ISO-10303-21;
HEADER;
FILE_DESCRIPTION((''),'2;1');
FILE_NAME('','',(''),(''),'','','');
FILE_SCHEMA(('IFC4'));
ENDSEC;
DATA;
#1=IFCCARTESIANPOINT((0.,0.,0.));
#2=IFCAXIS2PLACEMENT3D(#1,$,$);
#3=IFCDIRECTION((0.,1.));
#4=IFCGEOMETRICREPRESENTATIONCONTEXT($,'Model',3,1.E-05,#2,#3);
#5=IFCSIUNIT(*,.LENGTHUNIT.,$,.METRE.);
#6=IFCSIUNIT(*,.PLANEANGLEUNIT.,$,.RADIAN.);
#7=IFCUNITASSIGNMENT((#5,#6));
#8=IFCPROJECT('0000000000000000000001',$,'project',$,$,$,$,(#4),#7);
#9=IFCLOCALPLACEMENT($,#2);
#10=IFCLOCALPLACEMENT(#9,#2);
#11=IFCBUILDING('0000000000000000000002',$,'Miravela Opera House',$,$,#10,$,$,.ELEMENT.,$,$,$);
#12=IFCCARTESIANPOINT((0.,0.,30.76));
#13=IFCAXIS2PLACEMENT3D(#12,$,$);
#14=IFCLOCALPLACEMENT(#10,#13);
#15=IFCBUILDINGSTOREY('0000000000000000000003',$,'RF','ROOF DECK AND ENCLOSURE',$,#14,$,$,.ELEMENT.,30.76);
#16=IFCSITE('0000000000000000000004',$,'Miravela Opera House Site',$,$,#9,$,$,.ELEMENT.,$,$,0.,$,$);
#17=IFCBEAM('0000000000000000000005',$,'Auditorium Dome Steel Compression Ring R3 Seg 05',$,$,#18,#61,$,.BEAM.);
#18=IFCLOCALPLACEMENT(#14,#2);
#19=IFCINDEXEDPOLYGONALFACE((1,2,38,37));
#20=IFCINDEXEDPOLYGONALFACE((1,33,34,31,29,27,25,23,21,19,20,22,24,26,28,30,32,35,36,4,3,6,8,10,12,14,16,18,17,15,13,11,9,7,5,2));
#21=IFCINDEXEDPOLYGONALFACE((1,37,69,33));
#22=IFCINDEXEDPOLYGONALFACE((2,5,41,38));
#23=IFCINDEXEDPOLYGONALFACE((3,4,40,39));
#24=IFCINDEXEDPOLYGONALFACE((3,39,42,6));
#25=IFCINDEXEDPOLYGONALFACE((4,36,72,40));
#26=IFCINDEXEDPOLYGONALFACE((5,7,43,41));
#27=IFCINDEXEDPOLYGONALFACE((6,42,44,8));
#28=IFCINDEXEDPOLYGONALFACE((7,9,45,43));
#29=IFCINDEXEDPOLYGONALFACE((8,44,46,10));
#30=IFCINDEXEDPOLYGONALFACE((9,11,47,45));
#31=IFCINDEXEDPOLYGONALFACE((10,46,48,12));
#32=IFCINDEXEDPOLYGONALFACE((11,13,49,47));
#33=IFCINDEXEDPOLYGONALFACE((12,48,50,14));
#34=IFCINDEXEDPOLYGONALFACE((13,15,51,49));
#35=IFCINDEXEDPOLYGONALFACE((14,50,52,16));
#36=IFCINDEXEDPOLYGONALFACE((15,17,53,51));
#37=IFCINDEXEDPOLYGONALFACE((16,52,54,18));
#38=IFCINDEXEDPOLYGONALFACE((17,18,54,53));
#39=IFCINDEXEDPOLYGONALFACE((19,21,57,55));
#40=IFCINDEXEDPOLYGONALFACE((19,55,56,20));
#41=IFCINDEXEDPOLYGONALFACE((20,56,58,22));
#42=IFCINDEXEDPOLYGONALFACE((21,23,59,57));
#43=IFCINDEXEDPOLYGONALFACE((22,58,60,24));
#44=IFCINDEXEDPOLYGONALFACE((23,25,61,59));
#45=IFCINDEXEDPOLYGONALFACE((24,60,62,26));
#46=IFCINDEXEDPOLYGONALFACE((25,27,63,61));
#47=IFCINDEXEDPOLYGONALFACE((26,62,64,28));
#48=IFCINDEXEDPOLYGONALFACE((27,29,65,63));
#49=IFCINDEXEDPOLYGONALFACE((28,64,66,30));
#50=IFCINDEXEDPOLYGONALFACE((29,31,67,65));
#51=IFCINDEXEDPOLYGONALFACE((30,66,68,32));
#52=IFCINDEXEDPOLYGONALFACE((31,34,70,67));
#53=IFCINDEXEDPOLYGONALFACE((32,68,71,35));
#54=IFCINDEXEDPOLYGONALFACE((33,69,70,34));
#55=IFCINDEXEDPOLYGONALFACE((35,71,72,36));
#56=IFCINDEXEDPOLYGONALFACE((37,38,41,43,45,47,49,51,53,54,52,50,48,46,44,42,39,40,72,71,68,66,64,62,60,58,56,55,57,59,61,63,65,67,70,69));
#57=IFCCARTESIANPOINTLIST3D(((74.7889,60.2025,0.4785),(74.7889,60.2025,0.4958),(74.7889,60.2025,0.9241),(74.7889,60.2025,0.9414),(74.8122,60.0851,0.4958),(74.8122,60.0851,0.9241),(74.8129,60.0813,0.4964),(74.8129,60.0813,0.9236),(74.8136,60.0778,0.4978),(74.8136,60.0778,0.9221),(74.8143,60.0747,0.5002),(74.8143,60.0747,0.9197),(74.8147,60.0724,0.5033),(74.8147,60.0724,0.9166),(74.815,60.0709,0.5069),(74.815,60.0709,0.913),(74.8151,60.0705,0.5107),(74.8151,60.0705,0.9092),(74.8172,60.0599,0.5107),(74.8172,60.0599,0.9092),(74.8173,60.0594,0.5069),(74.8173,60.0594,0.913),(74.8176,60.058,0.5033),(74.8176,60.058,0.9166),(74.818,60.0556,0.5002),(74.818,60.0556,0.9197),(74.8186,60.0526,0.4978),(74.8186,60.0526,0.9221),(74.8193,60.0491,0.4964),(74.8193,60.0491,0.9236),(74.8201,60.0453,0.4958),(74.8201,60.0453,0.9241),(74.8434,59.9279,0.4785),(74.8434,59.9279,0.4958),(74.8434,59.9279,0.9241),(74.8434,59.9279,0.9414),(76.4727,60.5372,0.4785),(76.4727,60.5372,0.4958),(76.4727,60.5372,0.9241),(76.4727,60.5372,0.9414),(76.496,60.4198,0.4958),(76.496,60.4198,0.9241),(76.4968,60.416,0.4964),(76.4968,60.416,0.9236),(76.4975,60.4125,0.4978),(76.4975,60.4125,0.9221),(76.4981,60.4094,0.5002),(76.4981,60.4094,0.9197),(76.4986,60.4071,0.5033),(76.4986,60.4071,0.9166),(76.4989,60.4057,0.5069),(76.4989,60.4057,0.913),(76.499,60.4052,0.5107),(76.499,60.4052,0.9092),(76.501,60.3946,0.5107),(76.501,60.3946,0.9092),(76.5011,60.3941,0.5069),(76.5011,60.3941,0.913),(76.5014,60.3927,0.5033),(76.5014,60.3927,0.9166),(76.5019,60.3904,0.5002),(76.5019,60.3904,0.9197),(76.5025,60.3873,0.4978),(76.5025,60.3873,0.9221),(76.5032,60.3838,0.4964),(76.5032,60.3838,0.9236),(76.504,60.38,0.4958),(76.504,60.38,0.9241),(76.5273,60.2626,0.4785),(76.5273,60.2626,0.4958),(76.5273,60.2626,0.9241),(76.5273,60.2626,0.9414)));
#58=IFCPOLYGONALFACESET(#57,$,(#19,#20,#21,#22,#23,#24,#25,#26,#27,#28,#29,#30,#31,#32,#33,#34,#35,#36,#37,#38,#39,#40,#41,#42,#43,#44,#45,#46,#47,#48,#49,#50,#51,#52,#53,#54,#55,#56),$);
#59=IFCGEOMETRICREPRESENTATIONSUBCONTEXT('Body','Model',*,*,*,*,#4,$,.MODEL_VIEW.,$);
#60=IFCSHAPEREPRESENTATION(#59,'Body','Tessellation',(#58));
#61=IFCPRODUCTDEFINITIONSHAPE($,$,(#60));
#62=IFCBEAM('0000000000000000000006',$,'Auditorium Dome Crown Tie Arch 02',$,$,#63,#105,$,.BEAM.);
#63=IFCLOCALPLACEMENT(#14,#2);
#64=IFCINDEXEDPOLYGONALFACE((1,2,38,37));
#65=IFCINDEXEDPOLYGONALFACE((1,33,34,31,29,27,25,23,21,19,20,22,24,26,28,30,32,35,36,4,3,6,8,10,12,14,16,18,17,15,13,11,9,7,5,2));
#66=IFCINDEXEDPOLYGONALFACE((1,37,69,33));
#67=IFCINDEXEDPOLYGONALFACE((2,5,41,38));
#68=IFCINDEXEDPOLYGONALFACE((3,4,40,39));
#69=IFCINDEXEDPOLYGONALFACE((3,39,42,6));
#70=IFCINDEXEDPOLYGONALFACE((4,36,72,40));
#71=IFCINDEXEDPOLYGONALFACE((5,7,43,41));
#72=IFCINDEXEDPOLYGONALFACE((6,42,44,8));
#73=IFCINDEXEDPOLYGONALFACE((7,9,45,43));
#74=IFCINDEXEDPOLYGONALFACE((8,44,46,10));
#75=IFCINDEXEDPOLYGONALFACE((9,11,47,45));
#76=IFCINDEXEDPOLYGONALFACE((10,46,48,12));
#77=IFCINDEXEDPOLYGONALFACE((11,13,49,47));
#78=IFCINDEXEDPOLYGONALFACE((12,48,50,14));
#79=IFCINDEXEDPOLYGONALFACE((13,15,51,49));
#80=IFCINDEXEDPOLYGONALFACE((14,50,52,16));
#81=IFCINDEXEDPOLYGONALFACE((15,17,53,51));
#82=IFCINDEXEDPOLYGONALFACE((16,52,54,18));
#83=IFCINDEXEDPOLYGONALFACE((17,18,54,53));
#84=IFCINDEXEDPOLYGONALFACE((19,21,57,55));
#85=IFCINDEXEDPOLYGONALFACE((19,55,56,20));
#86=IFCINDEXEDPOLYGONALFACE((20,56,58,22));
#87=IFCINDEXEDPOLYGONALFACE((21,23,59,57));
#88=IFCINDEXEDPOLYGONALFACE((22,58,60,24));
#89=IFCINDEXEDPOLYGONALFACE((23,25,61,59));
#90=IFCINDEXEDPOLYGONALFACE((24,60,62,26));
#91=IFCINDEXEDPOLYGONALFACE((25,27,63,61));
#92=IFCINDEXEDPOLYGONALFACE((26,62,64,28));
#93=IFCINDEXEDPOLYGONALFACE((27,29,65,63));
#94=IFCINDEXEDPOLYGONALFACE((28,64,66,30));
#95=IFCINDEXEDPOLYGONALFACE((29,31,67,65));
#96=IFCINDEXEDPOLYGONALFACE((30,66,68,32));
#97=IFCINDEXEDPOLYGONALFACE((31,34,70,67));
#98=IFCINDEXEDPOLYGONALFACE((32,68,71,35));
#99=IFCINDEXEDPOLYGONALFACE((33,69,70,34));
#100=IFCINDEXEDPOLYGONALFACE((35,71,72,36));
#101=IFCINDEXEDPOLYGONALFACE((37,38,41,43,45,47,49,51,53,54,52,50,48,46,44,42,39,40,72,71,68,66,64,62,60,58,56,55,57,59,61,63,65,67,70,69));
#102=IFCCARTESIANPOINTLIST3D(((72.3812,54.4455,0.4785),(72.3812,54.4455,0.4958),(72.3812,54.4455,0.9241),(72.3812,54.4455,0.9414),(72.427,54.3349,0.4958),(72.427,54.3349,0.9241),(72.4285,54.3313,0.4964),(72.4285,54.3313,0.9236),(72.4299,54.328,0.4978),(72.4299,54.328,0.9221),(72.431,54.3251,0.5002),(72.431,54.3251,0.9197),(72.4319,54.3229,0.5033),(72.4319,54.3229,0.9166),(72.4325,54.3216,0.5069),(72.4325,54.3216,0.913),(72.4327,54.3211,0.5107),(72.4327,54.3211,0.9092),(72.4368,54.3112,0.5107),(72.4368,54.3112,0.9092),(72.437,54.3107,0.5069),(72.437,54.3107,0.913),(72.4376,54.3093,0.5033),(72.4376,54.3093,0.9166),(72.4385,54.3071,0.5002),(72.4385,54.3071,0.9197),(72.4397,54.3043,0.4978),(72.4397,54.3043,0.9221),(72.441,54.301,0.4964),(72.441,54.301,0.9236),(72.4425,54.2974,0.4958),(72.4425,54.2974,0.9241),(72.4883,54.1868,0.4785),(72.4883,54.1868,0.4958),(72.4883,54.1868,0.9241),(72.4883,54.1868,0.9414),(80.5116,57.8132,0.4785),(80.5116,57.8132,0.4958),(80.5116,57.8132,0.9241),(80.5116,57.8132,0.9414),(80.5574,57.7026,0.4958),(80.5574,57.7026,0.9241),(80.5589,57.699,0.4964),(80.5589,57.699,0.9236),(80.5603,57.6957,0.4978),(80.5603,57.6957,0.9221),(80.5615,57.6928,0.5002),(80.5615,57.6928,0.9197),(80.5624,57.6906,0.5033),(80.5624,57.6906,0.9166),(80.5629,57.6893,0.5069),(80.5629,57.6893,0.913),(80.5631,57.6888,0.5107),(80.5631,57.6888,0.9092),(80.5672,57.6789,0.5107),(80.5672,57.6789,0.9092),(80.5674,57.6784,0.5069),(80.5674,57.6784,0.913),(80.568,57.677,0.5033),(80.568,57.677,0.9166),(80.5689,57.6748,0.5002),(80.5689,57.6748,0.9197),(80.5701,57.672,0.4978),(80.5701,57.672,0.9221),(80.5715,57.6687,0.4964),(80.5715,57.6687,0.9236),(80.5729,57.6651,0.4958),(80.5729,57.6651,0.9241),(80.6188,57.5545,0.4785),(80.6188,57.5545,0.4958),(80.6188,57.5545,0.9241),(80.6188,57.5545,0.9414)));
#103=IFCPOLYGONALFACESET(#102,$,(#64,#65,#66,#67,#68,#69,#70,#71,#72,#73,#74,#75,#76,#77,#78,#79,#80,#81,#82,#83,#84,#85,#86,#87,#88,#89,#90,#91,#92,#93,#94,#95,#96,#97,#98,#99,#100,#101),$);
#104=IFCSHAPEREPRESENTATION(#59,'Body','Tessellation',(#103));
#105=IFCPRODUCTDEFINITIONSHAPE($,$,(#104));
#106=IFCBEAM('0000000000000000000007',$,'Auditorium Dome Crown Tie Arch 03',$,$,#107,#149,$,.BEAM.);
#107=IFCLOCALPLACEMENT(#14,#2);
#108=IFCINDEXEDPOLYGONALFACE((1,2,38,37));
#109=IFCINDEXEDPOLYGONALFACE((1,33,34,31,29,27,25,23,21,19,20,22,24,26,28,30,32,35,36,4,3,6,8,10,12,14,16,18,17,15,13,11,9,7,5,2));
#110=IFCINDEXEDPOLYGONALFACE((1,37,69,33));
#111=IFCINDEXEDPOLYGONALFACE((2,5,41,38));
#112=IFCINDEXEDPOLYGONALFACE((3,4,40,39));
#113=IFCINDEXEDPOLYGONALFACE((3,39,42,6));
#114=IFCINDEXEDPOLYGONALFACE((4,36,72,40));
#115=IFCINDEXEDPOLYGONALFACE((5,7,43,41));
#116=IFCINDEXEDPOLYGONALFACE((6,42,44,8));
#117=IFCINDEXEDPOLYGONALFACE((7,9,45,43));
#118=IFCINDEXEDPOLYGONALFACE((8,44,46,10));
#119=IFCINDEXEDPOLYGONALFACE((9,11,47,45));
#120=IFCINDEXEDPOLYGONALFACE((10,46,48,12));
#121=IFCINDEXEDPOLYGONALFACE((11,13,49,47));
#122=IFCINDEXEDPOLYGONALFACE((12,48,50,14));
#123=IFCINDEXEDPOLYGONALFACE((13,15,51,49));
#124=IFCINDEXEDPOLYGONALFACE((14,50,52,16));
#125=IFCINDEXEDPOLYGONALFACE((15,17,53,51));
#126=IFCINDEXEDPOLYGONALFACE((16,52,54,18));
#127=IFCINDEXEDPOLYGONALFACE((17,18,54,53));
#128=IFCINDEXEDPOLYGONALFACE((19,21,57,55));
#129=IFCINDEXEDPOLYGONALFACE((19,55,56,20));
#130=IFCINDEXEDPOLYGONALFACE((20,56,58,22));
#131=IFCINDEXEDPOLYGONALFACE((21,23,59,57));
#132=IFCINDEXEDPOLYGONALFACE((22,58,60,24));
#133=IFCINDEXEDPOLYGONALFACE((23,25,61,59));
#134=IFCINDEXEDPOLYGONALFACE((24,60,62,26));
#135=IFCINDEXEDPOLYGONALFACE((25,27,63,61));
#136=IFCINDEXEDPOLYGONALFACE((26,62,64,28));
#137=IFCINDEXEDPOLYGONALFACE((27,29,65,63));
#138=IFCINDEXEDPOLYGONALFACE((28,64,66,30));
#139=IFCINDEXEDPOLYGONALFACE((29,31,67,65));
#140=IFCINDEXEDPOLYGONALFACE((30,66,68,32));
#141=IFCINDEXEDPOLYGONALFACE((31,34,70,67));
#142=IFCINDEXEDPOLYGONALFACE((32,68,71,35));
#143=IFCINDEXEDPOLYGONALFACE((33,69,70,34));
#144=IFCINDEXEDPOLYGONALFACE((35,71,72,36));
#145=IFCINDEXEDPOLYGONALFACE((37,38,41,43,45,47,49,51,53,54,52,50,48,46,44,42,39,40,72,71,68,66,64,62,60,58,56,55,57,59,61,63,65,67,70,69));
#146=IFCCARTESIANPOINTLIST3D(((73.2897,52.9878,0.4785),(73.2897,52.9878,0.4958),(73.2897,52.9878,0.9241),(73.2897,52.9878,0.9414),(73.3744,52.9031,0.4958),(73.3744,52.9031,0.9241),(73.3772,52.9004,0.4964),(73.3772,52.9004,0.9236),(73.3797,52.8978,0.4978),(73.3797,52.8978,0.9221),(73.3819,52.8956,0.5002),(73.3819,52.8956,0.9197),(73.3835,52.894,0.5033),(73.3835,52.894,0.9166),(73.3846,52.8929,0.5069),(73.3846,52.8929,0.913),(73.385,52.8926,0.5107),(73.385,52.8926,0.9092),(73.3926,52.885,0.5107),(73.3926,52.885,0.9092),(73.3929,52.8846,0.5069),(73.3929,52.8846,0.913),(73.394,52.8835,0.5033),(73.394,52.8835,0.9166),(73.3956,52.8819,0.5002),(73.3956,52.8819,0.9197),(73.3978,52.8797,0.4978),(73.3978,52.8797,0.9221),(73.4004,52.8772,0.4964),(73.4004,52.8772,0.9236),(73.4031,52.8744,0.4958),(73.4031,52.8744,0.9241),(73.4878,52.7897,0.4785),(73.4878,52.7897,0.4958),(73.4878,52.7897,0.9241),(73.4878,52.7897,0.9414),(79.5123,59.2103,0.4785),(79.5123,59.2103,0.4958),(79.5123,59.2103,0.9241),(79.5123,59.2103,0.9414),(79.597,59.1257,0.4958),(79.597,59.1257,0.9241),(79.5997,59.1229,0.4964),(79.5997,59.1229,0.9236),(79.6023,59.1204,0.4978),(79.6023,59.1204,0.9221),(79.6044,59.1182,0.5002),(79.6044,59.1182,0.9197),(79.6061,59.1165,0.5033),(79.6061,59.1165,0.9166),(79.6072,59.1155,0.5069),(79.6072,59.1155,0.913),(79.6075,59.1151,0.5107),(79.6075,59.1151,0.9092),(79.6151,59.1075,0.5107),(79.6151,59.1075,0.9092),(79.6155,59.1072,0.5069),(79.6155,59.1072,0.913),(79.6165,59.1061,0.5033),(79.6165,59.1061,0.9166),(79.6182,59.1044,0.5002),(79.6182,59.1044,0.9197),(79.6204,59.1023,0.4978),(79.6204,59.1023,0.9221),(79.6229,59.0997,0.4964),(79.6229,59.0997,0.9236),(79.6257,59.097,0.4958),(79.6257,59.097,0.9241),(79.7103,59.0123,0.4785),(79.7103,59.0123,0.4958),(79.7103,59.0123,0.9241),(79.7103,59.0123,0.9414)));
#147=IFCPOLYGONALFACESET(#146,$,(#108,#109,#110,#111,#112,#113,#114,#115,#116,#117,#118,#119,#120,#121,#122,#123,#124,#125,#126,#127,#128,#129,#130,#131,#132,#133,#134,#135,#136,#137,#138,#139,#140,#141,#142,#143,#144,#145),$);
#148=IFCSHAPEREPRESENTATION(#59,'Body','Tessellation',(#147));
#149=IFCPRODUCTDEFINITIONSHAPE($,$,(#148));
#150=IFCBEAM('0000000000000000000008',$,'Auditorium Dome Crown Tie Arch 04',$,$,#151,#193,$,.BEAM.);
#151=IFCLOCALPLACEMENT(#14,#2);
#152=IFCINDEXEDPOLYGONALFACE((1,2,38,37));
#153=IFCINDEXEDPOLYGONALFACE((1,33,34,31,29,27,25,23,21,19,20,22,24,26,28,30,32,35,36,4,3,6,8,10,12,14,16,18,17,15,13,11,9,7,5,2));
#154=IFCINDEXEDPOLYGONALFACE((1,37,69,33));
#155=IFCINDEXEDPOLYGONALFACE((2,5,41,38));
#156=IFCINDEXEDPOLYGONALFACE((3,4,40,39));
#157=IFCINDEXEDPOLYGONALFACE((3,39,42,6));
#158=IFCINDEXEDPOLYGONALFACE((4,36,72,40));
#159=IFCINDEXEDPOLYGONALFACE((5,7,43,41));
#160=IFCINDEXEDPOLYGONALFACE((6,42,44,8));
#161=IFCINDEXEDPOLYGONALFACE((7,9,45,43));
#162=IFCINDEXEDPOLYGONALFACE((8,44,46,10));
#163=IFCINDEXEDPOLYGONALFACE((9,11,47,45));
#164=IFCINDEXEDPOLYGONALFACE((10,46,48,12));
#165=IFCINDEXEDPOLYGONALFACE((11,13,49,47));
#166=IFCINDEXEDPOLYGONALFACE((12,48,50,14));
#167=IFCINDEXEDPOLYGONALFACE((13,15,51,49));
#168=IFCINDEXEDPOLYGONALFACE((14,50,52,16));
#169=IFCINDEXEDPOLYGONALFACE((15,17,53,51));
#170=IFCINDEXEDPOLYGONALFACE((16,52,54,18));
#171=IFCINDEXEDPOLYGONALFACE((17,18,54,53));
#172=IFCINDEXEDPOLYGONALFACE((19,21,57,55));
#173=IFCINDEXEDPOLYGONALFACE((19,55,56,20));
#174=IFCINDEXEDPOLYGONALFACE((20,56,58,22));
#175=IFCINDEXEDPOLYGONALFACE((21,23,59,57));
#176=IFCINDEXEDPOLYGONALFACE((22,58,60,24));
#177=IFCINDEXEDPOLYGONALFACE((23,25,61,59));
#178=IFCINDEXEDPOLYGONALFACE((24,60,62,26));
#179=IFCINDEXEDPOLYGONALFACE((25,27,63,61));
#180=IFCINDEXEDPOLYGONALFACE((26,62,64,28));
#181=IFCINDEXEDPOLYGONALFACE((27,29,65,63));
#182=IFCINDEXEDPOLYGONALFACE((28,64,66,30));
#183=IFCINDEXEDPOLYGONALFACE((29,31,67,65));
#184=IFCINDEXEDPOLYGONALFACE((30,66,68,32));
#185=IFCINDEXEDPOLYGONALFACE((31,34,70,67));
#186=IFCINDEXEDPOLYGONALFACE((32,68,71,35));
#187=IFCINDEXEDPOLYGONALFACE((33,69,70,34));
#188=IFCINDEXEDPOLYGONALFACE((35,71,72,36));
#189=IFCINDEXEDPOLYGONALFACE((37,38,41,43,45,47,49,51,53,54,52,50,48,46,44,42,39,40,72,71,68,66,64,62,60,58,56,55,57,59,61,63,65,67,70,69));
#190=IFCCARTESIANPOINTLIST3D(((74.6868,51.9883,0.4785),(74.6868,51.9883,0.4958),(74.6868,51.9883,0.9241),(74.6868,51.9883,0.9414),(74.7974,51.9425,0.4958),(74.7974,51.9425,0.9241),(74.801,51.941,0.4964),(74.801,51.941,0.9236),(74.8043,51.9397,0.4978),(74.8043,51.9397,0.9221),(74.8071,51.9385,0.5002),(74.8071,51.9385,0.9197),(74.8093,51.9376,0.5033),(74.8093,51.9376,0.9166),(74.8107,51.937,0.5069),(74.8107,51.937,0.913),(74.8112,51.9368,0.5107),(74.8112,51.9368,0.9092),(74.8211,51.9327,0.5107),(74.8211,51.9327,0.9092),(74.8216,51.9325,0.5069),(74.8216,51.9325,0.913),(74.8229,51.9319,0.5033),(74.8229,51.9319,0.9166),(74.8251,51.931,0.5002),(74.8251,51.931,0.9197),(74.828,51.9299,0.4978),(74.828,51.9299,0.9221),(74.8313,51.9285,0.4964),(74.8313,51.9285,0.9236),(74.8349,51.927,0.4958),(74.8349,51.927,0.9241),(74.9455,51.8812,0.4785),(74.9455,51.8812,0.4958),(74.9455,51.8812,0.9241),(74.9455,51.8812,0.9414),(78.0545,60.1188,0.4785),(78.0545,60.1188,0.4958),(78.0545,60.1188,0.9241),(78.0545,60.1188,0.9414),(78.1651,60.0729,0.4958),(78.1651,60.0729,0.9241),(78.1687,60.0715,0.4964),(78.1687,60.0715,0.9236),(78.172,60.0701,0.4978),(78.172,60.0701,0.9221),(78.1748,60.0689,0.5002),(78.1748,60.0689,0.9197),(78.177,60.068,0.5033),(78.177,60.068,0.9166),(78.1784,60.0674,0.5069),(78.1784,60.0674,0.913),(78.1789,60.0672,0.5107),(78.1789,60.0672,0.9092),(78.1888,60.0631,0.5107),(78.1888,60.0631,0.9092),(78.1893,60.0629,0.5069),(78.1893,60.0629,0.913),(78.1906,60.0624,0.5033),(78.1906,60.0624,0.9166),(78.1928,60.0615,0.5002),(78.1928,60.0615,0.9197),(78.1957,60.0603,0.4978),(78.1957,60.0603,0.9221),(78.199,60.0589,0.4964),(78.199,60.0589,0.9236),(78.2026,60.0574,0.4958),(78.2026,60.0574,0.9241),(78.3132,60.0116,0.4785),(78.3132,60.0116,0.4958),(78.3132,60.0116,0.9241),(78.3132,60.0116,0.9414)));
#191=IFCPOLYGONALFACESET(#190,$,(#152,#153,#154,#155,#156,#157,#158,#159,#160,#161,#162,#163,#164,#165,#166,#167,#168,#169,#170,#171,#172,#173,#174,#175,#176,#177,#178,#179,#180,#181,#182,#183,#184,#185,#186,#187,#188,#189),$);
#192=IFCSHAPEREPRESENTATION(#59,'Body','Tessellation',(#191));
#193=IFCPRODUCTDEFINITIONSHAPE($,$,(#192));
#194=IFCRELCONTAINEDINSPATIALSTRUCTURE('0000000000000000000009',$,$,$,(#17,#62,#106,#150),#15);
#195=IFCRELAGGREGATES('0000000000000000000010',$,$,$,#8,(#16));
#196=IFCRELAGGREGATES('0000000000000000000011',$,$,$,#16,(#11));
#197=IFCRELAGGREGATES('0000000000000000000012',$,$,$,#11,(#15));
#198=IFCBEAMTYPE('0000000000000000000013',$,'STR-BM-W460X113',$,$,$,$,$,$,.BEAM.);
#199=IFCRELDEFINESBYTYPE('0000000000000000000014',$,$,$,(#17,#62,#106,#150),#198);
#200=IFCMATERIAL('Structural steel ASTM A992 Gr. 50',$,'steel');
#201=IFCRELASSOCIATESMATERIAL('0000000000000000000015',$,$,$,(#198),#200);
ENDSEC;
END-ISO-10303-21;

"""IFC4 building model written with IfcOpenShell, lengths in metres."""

from ifc_helpers import new_model, si_unit, direction, frame, origin, origin_2d, place, context, subcontext, project, spatial, i_section, extrude, material, material_profile, profile_set, type_object, element, save


model = new_model("IFC4")

# Units and contexts
model_context = context("Model", 3, precision=1e-05, world=origin(), true_north=direction((0.0, 1.0)))
body_context = subcontext(model_context, "Body", "Model", "MODEL_VIEW")
ifc_project = project(units=[si_unit("LENGTHUNIT", "METRE"), si_unit("PLANEANGLEUNIT", "RADIAN")], contexts=[model_context])

# Site, building, storey
site_placement = place(None, origin())
site = spatial("IfcSite", under=ifc_project, at=site_placement, Name="Miravela Opera House Site", CompositionType="ELEMENT", RefElevation=0.0)
building_placement = place(site_placement, origin())
building = spatial("IfcBuilding", under=site, at=building_placement, Name="Miravela Opera House", CompositionType="ELEMENT")
storey_placement = place(building_placement, frame((0.0, 0.0, 30.76)))
storey = spatial("IfcBuildingStorey", under=building, at=storey_placement, Name="RF", Description="ROOF DECK AND ENCLOSURE", CompositionType="ELEMENT", Elevation=30.76)

# Beams
ifc_material_1 = material(Name="Structural steel ASTM A992 Gr. 50", Category="steel")
ifc_material_profile_1 = material_profile(ifc_material_1, i_section(OverallWidth=0.28, OverallDepth=0.4629, WebThickness=0.0107, FlangeThickness=0.0173, FilletRadius=0.0149, at=origin_2d()), Name="W460X113")
ifc_profile_set_1 = profile_set([ifc_material_profile_1])
beam_type = type_object("IfcBeamType", Name="STR-BM-W460X113", PredefinedType="BEAM", material=ifc_profile_set_1)
for number, where, z_axis, x_axis, name in (
    (1, (76.5, 60.3999, 0.71), (-0.98081, -0.194967, 0.0), (0.194967, -0.98081, 0.0), "Auditorium Dome Steel Compression Ring R3 Seg 05"),
):
    element("IfcBeam", number, at=place(storey_placement, frame(where, z_axis=z_axis, x_axis=x_axis)), inside=storey, type_object=beam_type, Name=name, PredefinedType="BEAM", context=body_context, shape_type="SweptSolid", body=[
        extrude(i_section(OverallWidth=0.28, OverallDepth=0.4629, WebThickness=0.0107, FlangeThickness=0.0173, FilletRadius=0.0149, at=origin_2d()), origin(), (0.0, 0.0, 1.0), 1.7168),
    ])
beam_1_placement = place(storey_placement, frame((80.5652, 57.6838, 0.71), z_axis=(-0.923881, -0.38268, 0.0), x_axis=(0.38268, -0.923881, 0.0)))
element("IfcBeam", 2, at=beam_1_placement, inside=storey, type_object=beam_type, Name="Auditorium Dome Crown Tie Arch 02", PredefinedType="BEAM", context=body_context, shape_type="SweptSolid", body=[
    extrude(i_section(OverallWidth=0.28, OverallDepth=0.4629, WebThickness=0.0107, FlangeThickness=0.0173, FilletRadius=0.0149, at=origin_2d()), origin(), (0.0, 0.0, 1.0), 8.8003),
])
beam_2_placement = place(storey_placement, frame((79.6113, 59.1113, 0.71), z_axis=(-0.707107, -0.707107, 0.0), x_axis=(0.707107, -0.707107, 0.0)))
element("IfcBeam", 3, at=beam_2_placement, inside=storey, type_object=beam_type, Name="Auditorium Dome Crown Tie Arch 03", PredefinedType="BEAM", context=body_context, shape_type="SweptSolid", body=[
    extrude(i_section(OverallWidth=0.28, OverallDepth=0.4629, WebThickness=0.0107, FlangeThickness=0.0173, FilletRadius=0.0149, at=origin_2d()), origin(), (0.0, 0.0, 1.0), 8.8),
])
beam_3_placement = place(storey_placement, frame((78.1838, 60.0652, 0.71), z_axis=(-0.38268, -0.923881, 0.0), x_axis=(0.923881, -0.38268, 0.0)))
element("IfcBeam", 4, at=beam_3_placement, inside=storey, type_object=beam_type, Name="Auditorium Dome Crown Tie Arch 04", PredefinedType="BEAM", context=body_context, shape_type="SweptSolid", body=[
    extrude(i_section(OverallWidth=0.28, OverallDepth=0.4629, WebThickness=0.0107, FlangeThickness=0.0173, FilletRadius=0.0149, at=origin_2d()), origin(), (0.0, 0.0, 1.0), 8.8003),
])

save(model, "model.ifc")
